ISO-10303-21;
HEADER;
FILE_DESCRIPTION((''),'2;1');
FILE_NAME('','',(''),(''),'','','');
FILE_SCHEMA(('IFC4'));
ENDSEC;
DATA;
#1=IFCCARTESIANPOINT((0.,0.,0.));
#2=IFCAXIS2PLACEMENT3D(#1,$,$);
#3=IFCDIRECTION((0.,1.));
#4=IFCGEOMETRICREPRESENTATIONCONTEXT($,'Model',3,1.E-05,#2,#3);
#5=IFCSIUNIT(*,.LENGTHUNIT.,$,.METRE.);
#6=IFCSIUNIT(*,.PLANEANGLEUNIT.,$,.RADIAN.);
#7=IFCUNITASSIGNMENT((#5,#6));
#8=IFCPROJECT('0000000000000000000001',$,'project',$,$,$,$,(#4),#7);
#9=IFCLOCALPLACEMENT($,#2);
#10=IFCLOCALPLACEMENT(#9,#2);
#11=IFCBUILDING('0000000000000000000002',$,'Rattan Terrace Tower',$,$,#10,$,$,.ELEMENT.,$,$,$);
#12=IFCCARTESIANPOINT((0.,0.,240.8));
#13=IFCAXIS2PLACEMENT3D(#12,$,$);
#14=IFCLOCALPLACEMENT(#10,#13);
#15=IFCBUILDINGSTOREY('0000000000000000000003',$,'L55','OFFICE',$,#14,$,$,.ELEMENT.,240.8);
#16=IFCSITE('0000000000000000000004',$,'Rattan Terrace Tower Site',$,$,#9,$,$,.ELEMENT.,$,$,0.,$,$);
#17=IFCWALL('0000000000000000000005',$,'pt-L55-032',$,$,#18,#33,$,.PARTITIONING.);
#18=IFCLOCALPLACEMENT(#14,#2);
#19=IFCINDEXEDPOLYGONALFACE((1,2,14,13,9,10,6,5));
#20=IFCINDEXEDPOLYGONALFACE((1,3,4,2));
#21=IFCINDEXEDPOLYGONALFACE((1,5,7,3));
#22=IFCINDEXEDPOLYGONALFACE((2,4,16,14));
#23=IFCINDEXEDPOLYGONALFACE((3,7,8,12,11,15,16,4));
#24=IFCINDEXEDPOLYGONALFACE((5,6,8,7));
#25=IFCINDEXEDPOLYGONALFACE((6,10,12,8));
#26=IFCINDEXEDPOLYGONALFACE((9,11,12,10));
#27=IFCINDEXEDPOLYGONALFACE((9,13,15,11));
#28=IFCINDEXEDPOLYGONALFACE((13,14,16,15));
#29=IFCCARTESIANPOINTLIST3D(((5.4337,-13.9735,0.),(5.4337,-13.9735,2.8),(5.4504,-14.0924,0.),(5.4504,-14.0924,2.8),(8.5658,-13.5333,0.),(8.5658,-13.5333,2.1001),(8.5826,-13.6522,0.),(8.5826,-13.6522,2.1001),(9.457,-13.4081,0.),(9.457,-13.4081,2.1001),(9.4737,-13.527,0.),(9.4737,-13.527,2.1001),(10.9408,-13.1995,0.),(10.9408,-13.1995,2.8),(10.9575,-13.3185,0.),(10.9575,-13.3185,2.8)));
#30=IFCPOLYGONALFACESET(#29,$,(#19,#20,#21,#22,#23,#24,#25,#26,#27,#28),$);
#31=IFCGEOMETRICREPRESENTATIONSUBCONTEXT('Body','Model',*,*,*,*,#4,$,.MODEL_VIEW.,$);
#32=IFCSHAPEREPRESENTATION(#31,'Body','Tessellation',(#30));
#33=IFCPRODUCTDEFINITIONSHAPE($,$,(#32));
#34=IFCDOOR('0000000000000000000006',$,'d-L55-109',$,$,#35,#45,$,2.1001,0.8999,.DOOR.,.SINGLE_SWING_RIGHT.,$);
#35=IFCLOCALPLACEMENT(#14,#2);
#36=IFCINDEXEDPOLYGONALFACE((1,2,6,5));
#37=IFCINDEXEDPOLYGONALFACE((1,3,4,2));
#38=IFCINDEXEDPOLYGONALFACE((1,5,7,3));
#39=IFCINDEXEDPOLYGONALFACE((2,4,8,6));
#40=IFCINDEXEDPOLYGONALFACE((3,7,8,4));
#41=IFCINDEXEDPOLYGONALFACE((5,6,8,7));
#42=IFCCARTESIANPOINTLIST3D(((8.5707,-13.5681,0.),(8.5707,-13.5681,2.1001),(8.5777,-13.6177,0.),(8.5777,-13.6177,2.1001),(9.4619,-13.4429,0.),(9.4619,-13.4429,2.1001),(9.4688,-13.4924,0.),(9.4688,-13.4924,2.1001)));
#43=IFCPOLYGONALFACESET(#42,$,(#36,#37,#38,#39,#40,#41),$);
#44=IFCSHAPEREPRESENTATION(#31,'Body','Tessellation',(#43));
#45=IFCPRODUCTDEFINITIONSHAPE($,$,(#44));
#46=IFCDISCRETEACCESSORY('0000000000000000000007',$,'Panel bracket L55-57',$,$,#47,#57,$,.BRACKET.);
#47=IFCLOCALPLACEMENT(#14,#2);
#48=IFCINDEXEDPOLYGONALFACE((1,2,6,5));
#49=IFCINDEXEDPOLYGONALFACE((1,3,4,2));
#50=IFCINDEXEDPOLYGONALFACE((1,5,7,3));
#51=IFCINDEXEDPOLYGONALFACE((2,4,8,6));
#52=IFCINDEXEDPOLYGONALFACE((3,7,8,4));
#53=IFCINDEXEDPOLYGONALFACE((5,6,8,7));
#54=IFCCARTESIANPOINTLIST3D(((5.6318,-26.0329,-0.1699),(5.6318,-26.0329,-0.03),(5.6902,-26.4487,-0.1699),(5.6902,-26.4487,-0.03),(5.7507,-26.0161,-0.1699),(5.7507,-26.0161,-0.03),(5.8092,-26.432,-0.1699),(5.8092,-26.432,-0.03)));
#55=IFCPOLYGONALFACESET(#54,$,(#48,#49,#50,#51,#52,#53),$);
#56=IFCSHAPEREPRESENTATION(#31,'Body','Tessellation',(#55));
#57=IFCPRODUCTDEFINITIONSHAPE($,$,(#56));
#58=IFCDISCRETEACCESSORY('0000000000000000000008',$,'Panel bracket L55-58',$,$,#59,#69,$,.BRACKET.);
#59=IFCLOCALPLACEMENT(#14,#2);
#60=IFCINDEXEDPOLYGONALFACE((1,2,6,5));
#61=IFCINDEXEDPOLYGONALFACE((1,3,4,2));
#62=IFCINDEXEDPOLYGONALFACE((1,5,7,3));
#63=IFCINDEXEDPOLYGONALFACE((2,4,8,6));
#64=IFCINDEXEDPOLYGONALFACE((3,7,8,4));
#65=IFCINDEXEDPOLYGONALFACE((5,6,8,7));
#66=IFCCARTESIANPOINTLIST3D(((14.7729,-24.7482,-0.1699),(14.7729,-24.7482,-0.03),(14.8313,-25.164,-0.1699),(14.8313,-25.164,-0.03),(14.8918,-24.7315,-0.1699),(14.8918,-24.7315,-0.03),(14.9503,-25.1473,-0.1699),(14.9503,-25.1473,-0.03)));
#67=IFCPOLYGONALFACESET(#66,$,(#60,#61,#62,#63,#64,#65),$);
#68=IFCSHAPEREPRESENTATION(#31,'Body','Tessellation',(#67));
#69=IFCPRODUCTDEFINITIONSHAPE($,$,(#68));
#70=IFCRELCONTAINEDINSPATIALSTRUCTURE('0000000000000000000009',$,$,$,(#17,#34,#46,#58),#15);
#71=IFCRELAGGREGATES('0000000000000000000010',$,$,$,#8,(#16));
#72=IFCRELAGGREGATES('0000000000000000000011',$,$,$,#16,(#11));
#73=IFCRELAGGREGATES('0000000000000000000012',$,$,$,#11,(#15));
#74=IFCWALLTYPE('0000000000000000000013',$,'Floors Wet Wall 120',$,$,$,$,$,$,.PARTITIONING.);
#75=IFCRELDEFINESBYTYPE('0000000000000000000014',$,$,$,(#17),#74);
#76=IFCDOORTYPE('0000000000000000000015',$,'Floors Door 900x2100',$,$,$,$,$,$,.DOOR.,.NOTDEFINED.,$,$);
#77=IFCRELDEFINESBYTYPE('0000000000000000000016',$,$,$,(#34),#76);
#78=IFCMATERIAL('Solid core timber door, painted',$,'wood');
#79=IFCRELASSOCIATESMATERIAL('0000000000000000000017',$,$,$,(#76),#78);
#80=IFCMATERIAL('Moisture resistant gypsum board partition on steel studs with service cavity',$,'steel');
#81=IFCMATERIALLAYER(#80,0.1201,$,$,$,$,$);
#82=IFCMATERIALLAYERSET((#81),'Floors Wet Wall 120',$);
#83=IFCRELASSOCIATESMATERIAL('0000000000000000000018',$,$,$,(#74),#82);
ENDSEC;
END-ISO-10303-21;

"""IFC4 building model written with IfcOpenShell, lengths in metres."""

from ifc_helpers import new_model, si_unit, direction, frame, frame_2d, origin, origin_2d, place, context, subcontext, project, spatial, rectangle, extrude, material, layer, layer_set, type_object, element, fill, save


model = new_model("IFC4")

# Units and contexts
model_context = context("Model", 3, precision=1e-05, world=origin(), true_north=direction((0.0, 1.0)))
body_context = subcontext(model_context, "Body", "Model", "MODEL_VIEW")
ifc_project = project(units=[si_unit("LENGTHUNIT", "METRE"), si_unit("PLANEANGLEUNIT", "RADIAN")], contexts=[model_context])

# Site, building, storey
site_placement = place(None, origin())
site = spatial("IfcSite", under=ifc_project, at=site_placement, Name="Rattan Terrace Tower Site", CompositionType="ELEMENT", RefElevation=0.0)
building_placement = place(site_placement, origin())
building = spatial("IfcBuilding", under=site, at=building_placement, Name="Rattan Terrace Tower", CompositionType="ELEMENT")
storey_placement = place(building_placement, frame((0.0, 0.0, 240.8)))
storey = spatial("IfcBuildingStorey", under=building, at=storey_placement, Name="L55", Description="OFFICE", CompositionType="ELEMENT", Elevation=240.8)

# Wall, opening, door
ifc_material_1 = material(Name="Solid core timber door, painted", Category="wood")
door_type_1 = type_object("IfcDoorType", Name="Floors Door 900x2100", OperationType="NOTDEFINED", PredefinedType="DOOR", material=ifc_material_1)
ifc_material_2 = material(Name="Moisture resistant gypsum board partition on steel studs with service cavity", Category="steel")
ifc_layer_1 = layer(ifc_material_2, 0.1201)
ifc_layer_set_1 = layer_set([ifc_layer_1], Name="Floors Wet Wall 120")
wall_type_1 = type_object("IfcWallType", Name="Floors Wet Wall 120", PredefinedType="PARTITIONING", material=ifc_layer_set_1)
wall_1_placement = place(storey_placement, frame((5.4419, -14.033, 0.0), z_axis=(0.0, 0.0, 1.0), x_axis=(0.990269, 0.139165, 0.0)))
wall_1 = element("IfcWall", 1, at=wall_1_placement, inside=storey, type_object=wall_type_1, Name="pt-L55-032", PredefinedType="PARTITIONING", context=body_context, shape_type="SweptSolid", body=[
    extrude(rectangle(XDim=5.5613, YDim=0.1201, at=frame_2d((2.7808, 0.0))), origin(), (0.0, 0.0, 1.0), 2.8),
])
opening_1_placement = place(wall_1_placement, frame((3.1631, 0.0, 0.0)))
opening_1 = element("IfcOpeningElement", 2, at=opening_1_placement, cuts=wall_1, PredefinedType="OPENING", context=body_context, shape_type="SweptSolid", body=[
    extrude(rectangle(XDim=0.8999, YDim=2.1001, at=frame_2d((0.45, 1.05))), frame((0.0, 0.0706, 0.0), z_axis=(0.0, -1.0, 0.0), x_axis=(1.0, 0.0, 0.0)), (0.0, 0.0, 1.0), 0.1411),
])
door_1_placement = place(opening_1_placement, origin())
door_1 = element("IfcDoor", 3, at=door_1_placement, inside=storey, type_object=door_type_1, Name="d-L55-109", OperationType="SINGLE_SWING_RIGHT", OverallHeight=2.1001, OverallWidth=0.8999, PredefinedType="DOOR", context=body_context, shape_type="SweptSolid", body=[
    extrude(rectangle(XDim=0.8999, YDim=2.1001, at=frame_2d((0.45, 1.05))), frame((0.0, 0.0249, 0.0), z_axis=(0.0, -1.0, 0.0), x_axis=(1.0, 0.0, 0.0)), (0.0, 0.0, 1.0), 0.05),
])
fill(opening_1, door_1)

# Discrete accessories
for number, where, z_axis, x_axis, name in (
    (4, (5.7205, -26.2324, -0.1699), (0.0, 0.0, 1.0), (0.990267, 0.139177, 0.0), "Panel bracket L55-57"),
    (5, (14.8616, -24.9478, -0.1699), (0.0, 0.0, 1.0), (0.990267, 0.139177, 0.0), "Panel bracket L55-58"),
):
    element("IfcDiscreteAccessory", number, at=place(storey_placement, frame(where, z_axis=z_axis, x_axis=x_axis)), inside=storey, Name=name, PredefinedType="BRACKET", context=body_context, shape_type="SweptSolid", body=[
        extrude(rectangle(XDim=0.1201, YDim=0.4199, at=origin_2d()), origin(), (0.0, 0.0, 1.0), 0.1399),
    ])

save(model, "model.ifc")
